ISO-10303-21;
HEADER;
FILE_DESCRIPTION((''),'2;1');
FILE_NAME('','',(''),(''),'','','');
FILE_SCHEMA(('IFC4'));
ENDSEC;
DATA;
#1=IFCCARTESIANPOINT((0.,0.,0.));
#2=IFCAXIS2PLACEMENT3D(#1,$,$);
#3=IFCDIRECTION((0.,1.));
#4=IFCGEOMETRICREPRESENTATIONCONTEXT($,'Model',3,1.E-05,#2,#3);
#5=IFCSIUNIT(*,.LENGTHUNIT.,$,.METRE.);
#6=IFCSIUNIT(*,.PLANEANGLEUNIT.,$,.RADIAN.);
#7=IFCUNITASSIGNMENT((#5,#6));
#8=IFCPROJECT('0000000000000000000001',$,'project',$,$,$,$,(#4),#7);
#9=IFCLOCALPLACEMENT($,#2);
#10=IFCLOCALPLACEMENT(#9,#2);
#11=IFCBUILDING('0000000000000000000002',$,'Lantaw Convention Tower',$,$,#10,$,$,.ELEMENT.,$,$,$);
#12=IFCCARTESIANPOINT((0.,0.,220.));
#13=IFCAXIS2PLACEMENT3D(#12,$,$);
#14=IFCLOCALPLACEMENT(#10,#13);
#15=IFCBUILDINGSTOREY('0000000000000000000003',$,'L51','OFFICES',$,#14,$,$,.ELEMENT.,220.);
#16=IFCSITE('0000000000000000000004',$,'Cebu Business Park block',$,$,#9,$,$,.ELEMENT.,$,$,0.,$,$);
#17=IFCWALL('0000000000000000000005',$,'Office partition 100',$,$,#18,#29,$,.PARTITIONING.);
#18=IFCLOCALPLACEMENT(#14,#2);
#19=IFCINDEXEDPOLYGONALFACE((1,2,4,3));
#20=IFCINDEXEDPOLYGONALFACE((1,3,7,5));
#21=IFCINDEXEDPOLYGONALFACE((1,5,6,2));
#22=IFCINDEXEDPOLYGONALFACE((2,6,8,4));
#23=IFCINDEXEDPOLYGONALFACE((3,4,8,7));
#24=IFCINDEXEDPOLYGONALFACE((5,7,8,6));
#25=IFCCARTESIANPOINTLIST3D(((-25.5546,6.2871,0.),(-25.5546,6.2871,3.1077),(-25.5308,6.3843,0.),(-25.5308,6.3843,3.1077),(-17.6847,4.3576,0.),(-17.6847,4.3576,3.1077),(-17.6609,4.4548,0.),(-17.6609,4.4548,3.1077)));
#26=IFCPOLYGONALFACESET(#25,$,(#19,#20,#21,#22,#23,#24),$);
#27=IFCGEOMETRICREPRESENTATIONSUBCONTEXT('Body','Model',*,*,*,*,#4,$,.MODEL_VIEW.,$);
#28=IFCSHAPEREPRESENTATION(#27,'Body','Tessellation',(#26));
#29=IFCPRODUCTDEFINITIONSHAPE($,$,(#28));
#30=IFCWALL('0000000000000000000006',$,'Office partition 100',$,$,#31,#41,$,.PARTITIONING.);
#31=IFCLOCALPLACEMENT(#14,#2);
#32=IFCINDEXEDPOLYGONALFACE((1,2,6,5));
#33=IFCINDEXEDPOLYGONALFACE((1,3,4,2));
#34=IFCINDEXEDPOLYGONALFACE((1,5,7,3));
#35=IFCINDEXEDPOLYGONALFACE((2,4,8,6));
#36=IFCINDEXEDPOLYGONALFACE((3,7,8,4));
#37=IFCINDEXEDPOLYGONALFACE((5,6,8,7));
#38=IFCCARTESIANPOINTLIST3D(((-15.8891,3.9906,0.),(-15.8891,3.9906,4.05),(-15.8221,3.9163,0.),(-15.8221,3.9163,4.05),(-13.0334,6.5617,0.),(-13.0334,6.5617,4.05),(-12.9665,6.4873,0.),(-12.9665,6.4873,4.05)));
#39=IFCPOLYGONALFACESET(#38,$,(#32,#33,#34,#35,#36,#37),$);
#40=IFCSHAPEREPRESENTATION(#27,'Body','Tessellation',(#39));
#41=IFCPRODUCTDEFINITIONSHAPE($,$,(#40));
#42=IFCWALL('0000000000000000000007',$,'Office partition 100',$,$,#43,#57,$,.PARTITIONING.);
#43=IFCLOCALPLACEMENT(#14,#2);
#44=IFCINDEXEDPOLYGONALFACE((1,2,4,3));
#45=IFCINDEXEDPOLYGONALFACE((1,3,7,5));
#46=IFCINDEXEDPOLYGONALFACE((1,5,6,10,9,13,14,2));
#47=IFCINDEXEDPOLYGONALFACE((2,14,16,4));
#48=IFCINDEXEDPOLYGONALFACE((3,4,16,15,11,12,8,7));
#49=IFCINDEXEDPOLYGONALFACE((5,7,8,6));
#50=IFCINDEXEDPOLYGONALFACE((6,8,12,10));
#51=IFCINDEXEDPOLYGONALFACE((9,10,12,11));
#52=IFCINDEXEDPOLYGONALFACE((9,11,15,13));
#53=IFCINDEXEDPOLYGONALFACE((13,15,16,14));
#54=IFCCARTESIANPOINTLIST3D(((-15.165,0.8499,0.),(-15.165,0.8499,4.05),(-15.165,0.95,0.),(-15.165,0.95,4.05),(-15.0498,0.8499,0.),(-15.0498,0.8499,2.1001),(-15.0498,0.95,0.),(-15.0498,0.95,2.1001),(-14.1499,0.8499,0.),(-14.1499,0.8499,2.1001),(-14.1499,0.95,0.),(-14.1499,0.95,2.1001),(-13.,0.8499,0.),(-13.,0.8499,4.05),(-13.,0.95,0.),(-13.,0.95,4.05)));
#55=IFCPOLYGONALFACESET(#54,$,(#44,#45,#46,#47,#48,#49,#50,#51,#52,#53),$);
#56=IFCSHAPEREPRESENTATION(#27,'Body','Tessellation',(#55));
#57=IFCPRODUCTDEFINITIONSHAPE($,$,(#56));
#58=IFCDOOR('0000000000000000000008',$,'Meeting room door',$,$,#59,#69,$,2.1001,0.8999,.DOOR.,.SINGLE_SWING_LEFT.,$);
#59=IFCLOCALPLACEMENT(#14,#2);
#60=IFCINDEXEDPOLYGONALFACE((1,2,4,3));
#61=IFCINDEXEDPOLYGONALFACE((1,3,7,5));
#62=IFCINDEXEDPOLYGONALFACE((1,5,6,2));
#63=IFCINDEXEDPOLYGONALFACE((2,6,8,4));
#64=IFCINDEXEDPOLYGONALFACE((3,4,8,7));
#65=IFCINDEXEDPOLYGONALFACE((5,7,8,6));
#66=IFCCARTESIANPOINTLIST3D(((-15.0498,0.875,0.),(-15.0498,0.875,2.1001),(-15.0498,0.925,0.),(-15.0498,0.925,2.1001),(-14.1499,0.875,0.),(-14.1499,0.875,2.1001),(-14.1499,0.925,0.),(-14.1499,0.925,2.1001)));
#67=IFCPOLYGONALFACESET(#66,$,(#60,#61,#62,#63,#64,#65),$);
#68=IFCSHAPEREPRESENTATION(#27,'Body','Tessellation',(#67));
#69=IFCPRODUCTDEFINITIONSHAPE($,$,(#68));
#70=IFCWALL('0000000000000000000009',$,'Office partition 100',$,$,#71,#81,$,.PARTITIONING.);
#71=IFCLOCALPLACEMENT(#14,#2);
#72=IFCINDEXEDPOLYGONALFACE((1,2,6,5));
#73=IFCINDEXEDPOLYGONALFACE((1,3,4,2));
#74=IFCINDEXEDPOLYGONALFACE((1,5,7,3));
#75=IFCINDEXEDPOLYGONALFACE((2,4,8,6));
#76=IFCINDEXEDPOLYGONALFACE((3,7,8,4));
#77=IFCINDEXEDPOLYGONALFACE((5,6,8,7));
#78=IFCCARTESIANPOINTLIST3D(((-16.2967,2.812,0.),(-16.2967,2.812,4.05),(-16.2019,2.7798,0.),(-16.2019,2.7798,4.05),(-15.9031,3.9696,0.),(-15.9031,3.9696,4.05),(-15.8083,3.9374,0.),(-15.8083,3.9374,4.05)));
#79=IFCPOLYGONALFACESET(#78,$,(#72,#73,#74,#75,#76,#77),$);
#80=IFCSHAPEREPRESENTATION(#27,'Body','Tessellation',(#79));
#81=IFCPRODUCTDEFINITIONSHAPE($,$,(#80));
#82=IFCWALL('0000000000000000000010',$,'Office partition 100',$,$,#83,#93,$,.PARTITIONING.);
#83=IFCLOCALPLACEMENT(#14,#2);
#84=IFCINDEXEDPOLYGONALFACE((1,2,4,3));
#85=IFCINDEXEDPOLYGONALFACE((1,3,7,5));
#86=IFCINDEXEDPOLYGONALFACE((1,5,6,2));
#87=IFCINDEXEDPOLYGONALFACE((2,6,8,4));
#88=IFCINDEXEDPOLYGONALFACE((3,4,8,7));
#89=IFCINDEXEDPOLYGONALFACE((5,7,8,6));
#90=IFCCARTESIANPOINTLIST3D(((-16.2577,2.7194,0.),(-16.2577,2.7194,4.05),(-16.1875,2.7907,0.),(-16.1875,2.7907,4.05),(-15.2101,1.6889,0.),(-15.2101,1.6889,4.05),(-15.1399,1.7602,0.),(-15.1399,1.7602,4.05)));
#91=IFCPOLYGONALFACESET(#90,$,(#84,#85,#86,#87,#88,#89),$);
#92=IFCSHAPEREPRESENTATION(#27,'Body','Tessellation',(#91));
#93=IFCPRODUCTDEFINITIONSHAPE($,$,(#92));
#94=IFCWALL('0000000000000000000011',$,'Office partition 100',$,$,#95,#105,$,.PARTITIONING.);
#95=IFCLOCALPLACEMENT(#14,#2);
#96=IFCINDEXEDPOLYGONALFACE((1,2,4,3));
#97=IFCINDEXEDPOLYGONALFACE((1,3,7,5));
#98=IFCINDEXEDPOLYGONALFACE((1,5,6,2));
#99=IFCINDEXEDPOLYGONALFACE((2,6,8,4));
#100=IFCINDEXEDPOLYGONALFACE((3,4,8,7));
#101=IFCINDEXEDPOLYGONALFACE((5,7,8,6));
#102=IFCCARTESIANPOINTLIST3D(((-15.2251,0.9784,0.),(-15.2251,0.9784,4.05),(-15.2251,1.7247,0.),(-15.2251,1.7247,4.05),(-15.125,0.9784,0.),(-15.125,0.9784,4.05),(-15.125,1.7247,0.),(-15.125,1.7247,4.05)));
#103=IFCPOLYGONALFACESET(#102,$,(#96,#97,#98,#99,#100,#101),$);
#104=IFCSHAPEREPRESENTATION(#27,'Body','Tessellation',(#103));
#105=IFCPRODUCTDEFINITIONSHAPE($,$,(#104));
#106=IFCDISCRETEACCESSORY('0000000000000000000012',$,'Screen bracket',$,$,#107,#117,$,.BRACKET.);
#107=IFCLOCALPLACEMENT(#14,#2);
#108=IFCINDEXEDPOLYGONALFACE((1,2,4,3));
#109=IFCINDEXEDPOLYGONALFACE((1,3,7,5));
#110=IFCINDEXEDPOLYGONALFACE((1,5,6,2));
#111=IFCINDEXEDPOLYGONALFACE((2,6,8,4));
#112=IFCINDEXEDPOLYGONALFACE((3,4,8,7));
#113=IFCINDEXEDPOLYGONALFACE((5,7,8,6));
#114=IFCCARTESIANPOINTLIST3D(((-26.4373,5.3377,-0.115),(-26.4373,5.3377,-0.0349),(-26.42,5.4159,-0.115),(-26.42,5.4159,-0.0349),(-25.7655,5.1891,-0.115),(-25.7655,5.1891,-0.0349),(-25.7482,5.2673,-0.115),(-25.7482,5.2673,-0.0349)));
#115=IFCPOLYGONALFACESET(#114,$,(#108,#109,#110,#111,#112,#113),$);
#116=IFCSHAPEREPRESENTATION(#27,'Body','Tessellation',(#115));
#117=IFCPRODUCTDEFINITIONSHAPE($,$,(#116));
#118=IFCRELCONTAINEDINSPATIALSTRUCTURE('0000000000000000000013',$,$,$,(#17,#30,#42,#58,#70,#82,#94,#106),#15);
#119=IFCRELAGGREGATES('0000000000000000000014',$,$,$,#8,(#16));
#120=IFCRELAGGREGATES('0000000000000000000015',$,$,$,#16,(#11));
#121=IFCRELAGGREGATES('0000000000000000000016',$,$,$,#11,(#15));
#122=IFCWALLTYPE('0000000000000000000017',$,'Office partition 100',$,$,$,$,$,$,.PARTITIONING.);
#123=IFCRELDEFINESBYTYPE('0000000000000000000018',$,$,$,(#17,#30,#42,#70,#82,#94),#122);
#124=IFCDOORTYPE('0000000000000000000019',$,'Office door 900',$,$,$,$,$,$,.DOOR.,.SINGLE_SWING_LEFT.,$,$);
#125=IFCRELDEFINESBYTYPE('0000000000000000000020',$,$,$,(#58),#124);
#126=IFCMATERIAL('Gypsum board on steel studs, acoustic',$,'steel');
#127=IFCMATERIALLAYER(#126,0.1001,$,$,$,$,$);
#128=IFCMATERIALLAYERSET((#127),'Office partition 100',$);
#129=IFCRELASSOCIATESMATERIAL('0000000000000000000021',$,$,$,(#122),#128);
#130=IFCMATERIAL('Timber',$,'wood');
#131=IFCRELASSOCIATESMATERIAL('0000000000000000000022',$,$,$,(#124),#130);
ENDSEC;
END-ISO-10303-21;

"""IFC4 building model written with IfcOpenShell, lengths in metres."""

from ifc_helpers import new_model, si_unit, direction, frame, frame_2d, origin, origin_2d, place, context, subcontext, project, spatial, rectangle, extrude, material, layer, layer_set, type_object, element, fill, save


model = new_model("IFC4")

# Units and contexts
model_context = context("Model", 3, precision=1e-05, world=origin(), true_north=direction((0.0, 1.0)))
body_context = subcontext(model_context, "Body", "Model", "MODEL_VIEW")
ifc_project = project(units=[si_unit("LENGTHUNIT", "METRE"), si_unit("PLANEANGLEUNIT", "RADIAN")], contexts=[model_context])

# Site, building, storey
site_placement = place(None, origin())
site = spatial("IfcSite", under=ifc_project, at=site_placement, Name="Cebu Business Park block", CompositionType="ELEMENT", RefElevation=0.0)
building_placement = place(site_placement, origin())
building = spatial("IfcBuilding", under=site, at=building_placement, Name="Lantaw Convention Tower", CompositionType="ELEMENT")
storey_placement = place(building_placement, frame((0.0, 0.0, 220.0)))
storey = spatial("IfcBuildingStorey", under=building, at=storey_placement, Name="L51", Description="OFFICES", CompositionType="ELEMENT", Elevation=220.0)

# Walls
ifc_material_1 = material(Name="Gypsum board on steel studs, acoustic", Category="steel")
ifc_layer_1 = layer(ifc_material_1, 0.1001)
ifc_layer_set_1 = layer_set([ifc_layer_1], Name="Office partition 100")
wall_type_1 = type_object("IfcWallType", Name="Office partition 100", PredefinedType="PARTITIONING", material=ifc_layer_set_1)
wall_1_placement = place(storey_placement, frame((-25.5427, 6.3357, 0.0), z_axis=(0.0, 0.0, 1.0), x_axis=(0.971237, -0.238116, 0.0)))
element("IfcWall", 1, at=wall_1_placement, inside=storey, type_object=wall_type_1, Name="Office partition 100", PredefinedType="PARTITIONING", context=body_context, shape_type="SweptSolid", body=[
    extrude(rectangle(XDim=8.103, YDim=0.1001, at=frame_2d((4.0515, 0.0))), origin(), (0.0, 0.0, 1.0), 3.1077),
])
wall_2_placement = place(storey_placement, frame((-15.8557, 3.9534, 0.0), z_axis=(0.0, 0.0, 1.0), x_axis=(0.743177, 0.669095, 0.0)))
element("IfcWall", 2, at=wall_2_placement, inside=storey, type_object=wall_type_1, Name="Office partition 100", PredefinedType="PARTITIONING", context=body_context, shape_type="SweptSolid", body=[
    extrude(rectangle(XDim=3.8425, YDim=0.1001, at=frame_2d((1.9214, 0.0))), origin(), (0.0, 0.0, 1.0), 4.05),
])

# Wall, opening, door
wall_3_placement = place(storey_placement, frame((-13.0, 0.8999, 0.0), z_axis=(0.0, 0.0, 1.0), x_axis=(-1.0, 0.0, 0.0)))
wall_3 = element("IfcWall", 3, at=wall_3_placement, inside=storey, type_object=wall_type_1, Name="Office partition 100", PredefinedType="PARTITIONING", context=body_context, shape_type="SweptSolid", body=[
    extrude(rectangle(XDim=2.165, YDim=0.1001, at=frame_2d((1.0825, 0.0))), origin(), (0.0, 0.0, 1.0), 4.05),
])
opening_1_placement = place(wall_3_placement, frame((1.1499, 0.0, 0.0)))
opening_1 = element("IfcOpeningElement", 4, at=opening_1_placement, cuts=wall_3, PredefinedType="OPENING", context=body_context, shape_type="SweptSolid", body=[
    extrude(rectangle(XDim=0.8999, YDim=2.1001, at=frame_2d((0.45, 1.05))), frame((0.0, 0.0601, 0.0), z_axis=(0.0, -1.0, 0.0), x_axis=(1.0, 0.0, 0.0)), (0.0, 0.0, 1.0), 0.1201),
])
ifc_material_2 = material(Name="Timber", Category="wood")
door_type_1 = type_object("IfcDoorType", Name="Office door 900", OperationType="SINGLE_SWING_LEFT", PredefinedType="DOOR", material=ifc_material_2)
door_1_placement = place(opening_1_placement, origin())
door_1 = element("IfcDoor", 5, at=door_1_placement, inside=storey, type_object=door_type_1, Name="Meeting room door", OperationType="SINGLE_SWING_LEFT", OverallHeight=2.1001, OverallWidth=0.8999, PredefinedType="DOOR", context=body_context, shape_type="SweptSolid", body=[
    extrude(rectangle(XDim=0.8999, YDim=2.1001, at=frame_2d((0.45, 1.05))), frame((0.0, 0.0249, 0.0), z_axis=(0.0, -1.0, 0.0), x_axis=(1.0, 0.0, 0.0)), (0.0, 0.0, 1.0), 0.05),
])
fill(opening_1, door_1)

# Walls
wall_4_placement = place(storey_placement, frame((-16.2493, 2.7959, 0.0), z_axis=(0.0, 0.0, 1.0), x_axis=(0.321913, 0.946769, 0.0)))
element("IfcWall", 6, at=wall_4_placement, inside=storey, type_object=wall_type_1, Name="Office partition 100", PredefinedType="PARTITIONING", context=body_context, shape_type="SweptSolid", body=[
    extrude(rectangle(XDim=1.2227, YDim=0.1001, at=frame_2d((0.6113, 0.0))), origin(), (0.0, 0.0, 1.0), 4.05),
])
wall_5_placement = place(storey_placement, frame((-16.2227, 2.7551, 0.0), z_axis=(0.0, 0.0, 1.0), x_axis=(0.712898, -0.701268, 0.0)))
element("IfcWall", 7, at=wall_5_placement, inside=storey, type_object=wall_type_1, Name="Office partition 100", PredefinedType="PARTITIONING", context=body_context, shape_type="SweptSolid", body=[
    extrude(rectangle(XDim=1.4695, YDim=0.1001, at=frame_2d((0.7349, 0.0))), origin(), (0.0, 0.0, 1.0), 4.05),
])
wall_6_placement = place(storey_placement, frame((-15.175, 1.7246, 0.0), z_axis=(0.0, 0.0, 1.0), x_axis=(0.0, -1.0, 0.0)))
element("IfcWall", 8, at=wall_6_placement, inside=storey, type_object=wall_type_1, Name="Office partition 100", PredefinedType="PARTITIONING", context=body_context, shape_type="SweptSolid", body=[
    extrude(rectangle(XDim=0.7463, YDim=0.1001, at=frame_2d((0.373, 0.0))), origin(), (0.0, 0.0, 1.0), 4.05),
])

# Discrete accessory
discrete_accessory_placement = place(storey_placement, frame((-26.0928, 5.3025, -0.115), z_axis=(0.0, 0.0, 1.0), x_axis=(-0.215891, -0.976417, 0.0)))
element("IfcDiscreteAccessory", 9, at=discrete_accessory_placement, inside=storey, Name="Screen bracket", PredefinedType="BRACKET", context=body_context, shape_type="SweptSolid", body=[
    extrude(rectangle(XDim=0.0801, YDim=0.688, at=origin_2d()), origin(), (0.0, 0.0, 1.0), 0.0801),
])

save(model, "model.ifc")
